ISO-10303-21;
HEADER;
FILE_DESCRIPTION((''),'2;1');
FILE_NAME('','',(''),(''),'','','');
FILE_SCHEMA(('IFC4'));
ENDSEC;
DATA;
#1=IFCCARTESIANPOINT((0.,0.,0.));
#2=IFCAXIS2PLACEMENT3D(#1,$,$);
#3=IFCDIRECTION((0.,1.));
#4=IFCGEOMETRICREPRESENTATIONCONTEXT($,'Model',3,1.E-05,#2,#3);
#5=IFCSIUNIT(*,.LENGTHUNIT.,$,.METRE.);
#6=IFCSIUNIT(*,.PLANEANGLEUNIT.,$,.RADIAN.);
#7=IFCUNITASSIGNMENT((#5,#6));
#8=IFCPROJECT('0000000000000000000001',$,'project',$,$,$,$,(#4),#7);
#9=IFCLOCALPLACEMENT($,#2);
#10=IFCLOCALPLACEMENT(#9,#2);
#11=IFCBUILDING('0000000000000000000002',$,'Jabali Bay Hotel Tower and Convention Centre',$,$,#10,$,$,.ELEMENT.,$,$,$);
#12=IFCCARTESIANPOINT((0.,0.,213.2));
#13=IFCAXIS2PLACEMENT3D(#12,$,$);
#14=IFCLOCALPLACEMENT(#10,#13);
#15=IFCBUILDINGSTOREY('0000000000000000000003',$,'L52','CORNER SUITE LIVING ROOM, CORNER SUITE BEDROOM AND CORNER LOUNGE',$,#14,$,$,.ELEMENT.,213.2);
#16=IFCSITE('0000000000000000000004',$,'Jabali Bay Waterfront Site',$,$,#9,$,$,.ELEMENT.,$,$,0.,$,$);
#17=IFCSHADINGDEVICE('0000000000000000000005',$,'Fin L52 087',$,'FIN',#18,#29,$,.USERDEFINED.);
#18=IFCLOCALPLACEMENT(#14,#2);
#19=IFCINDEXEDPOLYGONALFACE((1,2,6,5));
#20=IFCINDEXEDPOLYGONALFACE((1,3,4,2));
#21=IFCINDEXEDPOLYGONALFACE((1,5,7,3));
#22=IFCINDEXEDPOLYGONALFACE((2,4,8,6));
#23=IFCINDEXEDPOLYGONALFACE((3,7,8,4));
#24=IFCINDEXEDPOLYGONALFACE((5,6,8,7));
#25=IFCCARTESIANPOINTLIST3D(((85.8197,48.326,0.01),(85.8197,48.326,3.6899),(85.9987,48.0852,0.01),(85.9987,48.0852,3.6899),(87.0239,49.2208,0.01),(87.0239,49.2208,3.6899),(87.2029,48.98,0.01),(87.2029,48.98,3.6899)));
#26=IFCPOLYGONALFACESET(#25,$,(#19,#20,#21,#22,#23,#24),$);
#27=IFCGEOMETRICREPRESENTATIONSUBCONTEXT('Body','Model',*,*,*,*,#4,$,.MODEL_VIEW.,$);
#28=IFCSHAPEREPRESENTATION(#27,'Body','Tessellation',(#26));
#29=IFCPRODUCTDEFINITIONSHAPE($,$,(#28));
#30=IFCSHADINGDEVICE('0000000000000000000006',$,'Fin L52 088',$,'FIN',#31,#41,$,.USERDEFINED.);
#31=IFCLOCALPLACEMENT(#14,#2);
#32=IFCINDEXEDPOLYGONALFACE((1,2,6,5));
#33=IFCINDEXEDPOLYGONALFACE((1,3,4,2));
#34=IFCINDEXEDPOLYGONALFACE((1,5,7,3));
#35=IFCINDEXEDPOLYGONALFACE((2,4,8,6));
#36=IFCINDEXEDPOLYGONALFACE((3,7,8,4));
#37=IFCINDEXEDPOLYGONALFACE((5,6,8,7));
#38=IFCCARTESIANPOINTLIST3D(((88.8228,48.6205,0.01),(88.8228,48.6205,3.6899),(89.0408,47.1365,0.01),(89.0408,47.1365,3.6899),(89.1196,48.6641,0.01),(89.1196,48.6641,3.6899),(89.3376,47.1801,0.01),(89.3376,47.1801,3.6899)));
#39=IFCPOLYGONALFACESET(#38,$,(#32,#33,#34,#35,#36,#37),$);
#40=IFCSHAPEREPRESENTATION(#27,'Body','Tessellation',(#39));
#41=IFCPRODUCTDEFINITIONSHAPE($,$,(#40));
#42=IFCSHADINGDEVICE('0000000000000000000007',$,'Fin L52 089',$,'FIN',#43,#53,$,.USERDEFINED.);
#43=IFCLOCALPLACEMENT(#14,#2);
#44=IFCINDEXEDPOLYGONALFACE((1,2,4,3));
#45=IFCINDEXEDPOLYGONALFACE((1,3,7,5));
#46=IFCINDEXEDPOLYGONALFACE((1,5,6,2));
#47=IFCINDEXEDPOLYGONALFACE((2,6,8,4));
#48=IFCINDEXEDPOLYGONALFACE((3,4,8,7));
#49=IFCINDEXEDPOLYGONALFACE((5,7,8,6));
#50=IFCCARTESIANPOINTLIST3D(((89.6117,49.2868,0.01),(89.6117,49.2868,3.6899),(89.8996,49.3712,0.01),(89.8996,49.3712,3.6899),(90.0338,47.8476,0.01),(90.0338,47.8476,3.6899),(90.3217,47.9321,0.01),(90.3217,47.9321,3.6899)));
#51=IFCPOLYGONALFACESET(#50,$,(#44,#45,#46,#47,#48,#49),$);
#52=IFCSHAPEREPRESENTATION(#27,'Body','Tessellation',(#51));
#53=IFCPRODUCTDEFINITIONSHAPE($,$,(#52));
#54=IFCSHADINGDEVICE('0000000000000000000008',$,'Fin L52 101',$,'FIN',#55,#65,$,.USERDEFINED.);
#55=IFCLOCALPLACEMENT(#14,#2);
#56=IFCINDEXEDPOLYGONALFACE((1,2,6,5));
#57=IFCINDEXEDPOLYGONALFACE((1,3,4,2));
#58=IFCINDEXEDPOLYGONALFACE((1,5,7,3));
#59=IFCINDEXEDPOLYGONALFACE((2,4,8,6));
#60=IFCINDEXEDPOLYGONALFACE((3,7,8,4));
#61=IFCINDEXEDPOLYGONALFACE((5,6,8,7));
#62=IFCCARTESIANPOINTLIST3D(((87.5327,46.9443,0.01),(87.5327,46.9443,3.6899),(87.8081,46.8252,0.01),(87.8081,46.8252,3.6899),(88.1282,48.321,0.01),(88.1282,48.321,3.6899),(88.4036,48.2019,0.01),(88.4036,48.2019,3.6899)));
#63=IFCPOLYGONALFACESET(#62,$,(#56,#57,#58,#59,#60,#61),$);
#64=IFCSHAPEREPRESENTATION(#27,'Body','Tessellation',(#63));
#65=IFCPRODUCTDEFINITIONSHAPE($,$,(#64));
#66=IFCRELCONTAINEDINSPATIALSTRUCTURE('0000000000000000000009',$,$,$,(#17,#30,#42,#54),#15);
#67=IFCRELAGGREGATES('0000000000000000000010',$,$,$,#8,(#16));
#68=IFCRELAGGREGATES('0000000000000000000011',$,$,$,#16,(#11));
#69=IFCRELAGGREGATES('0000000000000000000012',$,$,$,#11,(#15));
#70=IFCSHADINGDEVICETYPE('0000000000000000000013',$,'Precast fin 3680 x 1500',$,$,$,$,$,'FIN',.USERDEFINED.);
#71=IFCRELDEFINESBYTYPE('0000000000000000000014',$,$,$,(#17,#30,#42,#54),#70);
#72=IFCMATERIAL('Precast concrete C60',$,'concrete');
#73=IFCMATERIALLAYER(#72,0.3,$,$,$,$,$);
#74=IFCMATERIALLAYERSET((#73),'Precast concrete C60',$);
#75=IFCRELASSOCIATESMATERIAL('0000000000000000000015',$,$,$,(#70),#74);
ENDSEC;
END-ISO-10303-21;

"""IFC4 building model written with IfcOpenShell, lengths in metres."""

from ifc_helpers import new_model, si_unit, direction, frame, frame_2d, origin, place, context, subcontext, project, spatial, rectangle, extrude, material, layer, layer_set, type_object, element, save


model = new_model("IFC4")

# Units and contexts
model_context = context("Model", 3, precision=1e-05, world=origin(), true_north=direction((0.0, 1.0)))
body_context = subcontext(model_context, "Body", "Model", "MODEL_VIEW")
ifc_project = project(units=[si_unit("LENGTHUNIT", "METRE"), si_unit("PLANEANGLEUNIT", "RADIAN")], contexts=[model_context])

# Site, building, storey
site_placement = place(None, origin())
site = spatial("IfcSite", under=ifc_project, at=site_placement, Name="Jabali Bay Waterfront Site", CompositionType="ELEMENT", RefElevation=0.0)
building_placement = place(site_placement, origin())
building = spatial("IfcBuilding", under=site, at=building_placement, Name="Jabali Bay Hotel Tower and Convention Centre", CompositionType="ELEMENT")
storey_placement = place(building_placement, frame((0.0, 0.0, 213.2)))
storey = spatial("IfcBuildingStorey", under=building, at=storey_placement, Name="L52", Description="CORNER SUITE LIVING ROOM, CORNER SUITE BEDROOM AND CORNER LOUNGE", CompositionType="ELEMENT", Elevation=213.2)

# Shading devices
ifc_material_1 = material(Name="Precast concrete C60", Category="concrete")
ifc_layer_1 = layer(ifc_material_1, 0.3)
ifc_layer_set_1 = layer_set([ifc_layer_1], Name="Precast concrete C60")
shading_device_type = type_object("IfcShadingDeviceType", Name="Precast fin 3680 x 1500", ElementType="FIN", PredefinedType="USERDEFINED", material=ifc_layer_set_1)
shading_device_1_placement = place(storey_placement, frame((87.1133, 49.1003, 0.01), z_axis=(0.0, 0.0, 1.0), x_axis=(-0.802648, -0.596453, 0.0)))
element("IfcShadingDevice", 1, at=shading_device_1_placement, inside=storey, type_object=shading_device_type, Name="Fin L52 087", ObjectType="FIN", PredefinedType="USERDEFINED", context=body_context, shape_type="SweptSolid", body=[
    extrude(rectangle(XDim=1.5002, YDim=0.3, at=frame_2d((0.75, 0.0))), origin(), (0.0, 0.0, 1.0), 3.6799),
])
shading_device_2_placement = place(storey_placement, frame((88.9712, 48.6423, 0.01), z_axis=(0.0, 0.0, 1.0), x_axis=(0.145339, -0.989382, 0.0)))
element("IfcShadingDevice", 2, at=shading_device_2_placement, inside=storey, type_object=shading_device_type, Name="Fin L52 088", ObjectType="FIN", PredefinedType="USERDEFINED", context=body_context, shape_type="SweptSolid", body=[
    extrude(rectangle(XDim=1.5, YDim=0.3, at=frame_2d((0.75, 0.0))), origin(), (0.0, 0.0, 1.0), 3.6799),
])
shading_device_3_placement = place(storey_placement, frame((89.7556, 49.3291, 0.01), z_axis=(0.0, 0.0, 1.0), x_axis=(0.281444, -0.959578, 0.0)))
element("IfcShadingDevice", 3, at=shading_device_3_placement, inside=storey, type_object=shading_device_type, Name="Fin L52 089", ObjectType="FIN", PredefinedType="USERDEFINED", context=body_context, shape_type="SweptSolid", body=[
    extrude(rectangle(XDim=1.4998, YDim=0.3, at=frame_2d((0.75, 0.0))), origin(), (0.0, 0.0, 1.0), 3.6799),
])
shading_device_4_placement = place(storey_placement, frame((88.2659, 48.2615, 0.01), z_axis=(0.0, 0.0, 1.0), x_axis=(-0.396982, -0.917827, 0.0)))
element("IfcShadingDevice", 4, at=shading_device_4_placement, inside=storey, type_object=shading_device_type, Name="Fin L52 101", ObjectType="FIN", PredefinedType="USERDEFINED", context=body_context, shape_type="SweptSolid", body=[
    extrude(rectangle(XDim=1.5, YDim=0.3, at=frame_2d((0.75, 0.0))), origin(), (0.0, 0.0, 1.0), 3.6799),
])

save(model, "model.ifc")
